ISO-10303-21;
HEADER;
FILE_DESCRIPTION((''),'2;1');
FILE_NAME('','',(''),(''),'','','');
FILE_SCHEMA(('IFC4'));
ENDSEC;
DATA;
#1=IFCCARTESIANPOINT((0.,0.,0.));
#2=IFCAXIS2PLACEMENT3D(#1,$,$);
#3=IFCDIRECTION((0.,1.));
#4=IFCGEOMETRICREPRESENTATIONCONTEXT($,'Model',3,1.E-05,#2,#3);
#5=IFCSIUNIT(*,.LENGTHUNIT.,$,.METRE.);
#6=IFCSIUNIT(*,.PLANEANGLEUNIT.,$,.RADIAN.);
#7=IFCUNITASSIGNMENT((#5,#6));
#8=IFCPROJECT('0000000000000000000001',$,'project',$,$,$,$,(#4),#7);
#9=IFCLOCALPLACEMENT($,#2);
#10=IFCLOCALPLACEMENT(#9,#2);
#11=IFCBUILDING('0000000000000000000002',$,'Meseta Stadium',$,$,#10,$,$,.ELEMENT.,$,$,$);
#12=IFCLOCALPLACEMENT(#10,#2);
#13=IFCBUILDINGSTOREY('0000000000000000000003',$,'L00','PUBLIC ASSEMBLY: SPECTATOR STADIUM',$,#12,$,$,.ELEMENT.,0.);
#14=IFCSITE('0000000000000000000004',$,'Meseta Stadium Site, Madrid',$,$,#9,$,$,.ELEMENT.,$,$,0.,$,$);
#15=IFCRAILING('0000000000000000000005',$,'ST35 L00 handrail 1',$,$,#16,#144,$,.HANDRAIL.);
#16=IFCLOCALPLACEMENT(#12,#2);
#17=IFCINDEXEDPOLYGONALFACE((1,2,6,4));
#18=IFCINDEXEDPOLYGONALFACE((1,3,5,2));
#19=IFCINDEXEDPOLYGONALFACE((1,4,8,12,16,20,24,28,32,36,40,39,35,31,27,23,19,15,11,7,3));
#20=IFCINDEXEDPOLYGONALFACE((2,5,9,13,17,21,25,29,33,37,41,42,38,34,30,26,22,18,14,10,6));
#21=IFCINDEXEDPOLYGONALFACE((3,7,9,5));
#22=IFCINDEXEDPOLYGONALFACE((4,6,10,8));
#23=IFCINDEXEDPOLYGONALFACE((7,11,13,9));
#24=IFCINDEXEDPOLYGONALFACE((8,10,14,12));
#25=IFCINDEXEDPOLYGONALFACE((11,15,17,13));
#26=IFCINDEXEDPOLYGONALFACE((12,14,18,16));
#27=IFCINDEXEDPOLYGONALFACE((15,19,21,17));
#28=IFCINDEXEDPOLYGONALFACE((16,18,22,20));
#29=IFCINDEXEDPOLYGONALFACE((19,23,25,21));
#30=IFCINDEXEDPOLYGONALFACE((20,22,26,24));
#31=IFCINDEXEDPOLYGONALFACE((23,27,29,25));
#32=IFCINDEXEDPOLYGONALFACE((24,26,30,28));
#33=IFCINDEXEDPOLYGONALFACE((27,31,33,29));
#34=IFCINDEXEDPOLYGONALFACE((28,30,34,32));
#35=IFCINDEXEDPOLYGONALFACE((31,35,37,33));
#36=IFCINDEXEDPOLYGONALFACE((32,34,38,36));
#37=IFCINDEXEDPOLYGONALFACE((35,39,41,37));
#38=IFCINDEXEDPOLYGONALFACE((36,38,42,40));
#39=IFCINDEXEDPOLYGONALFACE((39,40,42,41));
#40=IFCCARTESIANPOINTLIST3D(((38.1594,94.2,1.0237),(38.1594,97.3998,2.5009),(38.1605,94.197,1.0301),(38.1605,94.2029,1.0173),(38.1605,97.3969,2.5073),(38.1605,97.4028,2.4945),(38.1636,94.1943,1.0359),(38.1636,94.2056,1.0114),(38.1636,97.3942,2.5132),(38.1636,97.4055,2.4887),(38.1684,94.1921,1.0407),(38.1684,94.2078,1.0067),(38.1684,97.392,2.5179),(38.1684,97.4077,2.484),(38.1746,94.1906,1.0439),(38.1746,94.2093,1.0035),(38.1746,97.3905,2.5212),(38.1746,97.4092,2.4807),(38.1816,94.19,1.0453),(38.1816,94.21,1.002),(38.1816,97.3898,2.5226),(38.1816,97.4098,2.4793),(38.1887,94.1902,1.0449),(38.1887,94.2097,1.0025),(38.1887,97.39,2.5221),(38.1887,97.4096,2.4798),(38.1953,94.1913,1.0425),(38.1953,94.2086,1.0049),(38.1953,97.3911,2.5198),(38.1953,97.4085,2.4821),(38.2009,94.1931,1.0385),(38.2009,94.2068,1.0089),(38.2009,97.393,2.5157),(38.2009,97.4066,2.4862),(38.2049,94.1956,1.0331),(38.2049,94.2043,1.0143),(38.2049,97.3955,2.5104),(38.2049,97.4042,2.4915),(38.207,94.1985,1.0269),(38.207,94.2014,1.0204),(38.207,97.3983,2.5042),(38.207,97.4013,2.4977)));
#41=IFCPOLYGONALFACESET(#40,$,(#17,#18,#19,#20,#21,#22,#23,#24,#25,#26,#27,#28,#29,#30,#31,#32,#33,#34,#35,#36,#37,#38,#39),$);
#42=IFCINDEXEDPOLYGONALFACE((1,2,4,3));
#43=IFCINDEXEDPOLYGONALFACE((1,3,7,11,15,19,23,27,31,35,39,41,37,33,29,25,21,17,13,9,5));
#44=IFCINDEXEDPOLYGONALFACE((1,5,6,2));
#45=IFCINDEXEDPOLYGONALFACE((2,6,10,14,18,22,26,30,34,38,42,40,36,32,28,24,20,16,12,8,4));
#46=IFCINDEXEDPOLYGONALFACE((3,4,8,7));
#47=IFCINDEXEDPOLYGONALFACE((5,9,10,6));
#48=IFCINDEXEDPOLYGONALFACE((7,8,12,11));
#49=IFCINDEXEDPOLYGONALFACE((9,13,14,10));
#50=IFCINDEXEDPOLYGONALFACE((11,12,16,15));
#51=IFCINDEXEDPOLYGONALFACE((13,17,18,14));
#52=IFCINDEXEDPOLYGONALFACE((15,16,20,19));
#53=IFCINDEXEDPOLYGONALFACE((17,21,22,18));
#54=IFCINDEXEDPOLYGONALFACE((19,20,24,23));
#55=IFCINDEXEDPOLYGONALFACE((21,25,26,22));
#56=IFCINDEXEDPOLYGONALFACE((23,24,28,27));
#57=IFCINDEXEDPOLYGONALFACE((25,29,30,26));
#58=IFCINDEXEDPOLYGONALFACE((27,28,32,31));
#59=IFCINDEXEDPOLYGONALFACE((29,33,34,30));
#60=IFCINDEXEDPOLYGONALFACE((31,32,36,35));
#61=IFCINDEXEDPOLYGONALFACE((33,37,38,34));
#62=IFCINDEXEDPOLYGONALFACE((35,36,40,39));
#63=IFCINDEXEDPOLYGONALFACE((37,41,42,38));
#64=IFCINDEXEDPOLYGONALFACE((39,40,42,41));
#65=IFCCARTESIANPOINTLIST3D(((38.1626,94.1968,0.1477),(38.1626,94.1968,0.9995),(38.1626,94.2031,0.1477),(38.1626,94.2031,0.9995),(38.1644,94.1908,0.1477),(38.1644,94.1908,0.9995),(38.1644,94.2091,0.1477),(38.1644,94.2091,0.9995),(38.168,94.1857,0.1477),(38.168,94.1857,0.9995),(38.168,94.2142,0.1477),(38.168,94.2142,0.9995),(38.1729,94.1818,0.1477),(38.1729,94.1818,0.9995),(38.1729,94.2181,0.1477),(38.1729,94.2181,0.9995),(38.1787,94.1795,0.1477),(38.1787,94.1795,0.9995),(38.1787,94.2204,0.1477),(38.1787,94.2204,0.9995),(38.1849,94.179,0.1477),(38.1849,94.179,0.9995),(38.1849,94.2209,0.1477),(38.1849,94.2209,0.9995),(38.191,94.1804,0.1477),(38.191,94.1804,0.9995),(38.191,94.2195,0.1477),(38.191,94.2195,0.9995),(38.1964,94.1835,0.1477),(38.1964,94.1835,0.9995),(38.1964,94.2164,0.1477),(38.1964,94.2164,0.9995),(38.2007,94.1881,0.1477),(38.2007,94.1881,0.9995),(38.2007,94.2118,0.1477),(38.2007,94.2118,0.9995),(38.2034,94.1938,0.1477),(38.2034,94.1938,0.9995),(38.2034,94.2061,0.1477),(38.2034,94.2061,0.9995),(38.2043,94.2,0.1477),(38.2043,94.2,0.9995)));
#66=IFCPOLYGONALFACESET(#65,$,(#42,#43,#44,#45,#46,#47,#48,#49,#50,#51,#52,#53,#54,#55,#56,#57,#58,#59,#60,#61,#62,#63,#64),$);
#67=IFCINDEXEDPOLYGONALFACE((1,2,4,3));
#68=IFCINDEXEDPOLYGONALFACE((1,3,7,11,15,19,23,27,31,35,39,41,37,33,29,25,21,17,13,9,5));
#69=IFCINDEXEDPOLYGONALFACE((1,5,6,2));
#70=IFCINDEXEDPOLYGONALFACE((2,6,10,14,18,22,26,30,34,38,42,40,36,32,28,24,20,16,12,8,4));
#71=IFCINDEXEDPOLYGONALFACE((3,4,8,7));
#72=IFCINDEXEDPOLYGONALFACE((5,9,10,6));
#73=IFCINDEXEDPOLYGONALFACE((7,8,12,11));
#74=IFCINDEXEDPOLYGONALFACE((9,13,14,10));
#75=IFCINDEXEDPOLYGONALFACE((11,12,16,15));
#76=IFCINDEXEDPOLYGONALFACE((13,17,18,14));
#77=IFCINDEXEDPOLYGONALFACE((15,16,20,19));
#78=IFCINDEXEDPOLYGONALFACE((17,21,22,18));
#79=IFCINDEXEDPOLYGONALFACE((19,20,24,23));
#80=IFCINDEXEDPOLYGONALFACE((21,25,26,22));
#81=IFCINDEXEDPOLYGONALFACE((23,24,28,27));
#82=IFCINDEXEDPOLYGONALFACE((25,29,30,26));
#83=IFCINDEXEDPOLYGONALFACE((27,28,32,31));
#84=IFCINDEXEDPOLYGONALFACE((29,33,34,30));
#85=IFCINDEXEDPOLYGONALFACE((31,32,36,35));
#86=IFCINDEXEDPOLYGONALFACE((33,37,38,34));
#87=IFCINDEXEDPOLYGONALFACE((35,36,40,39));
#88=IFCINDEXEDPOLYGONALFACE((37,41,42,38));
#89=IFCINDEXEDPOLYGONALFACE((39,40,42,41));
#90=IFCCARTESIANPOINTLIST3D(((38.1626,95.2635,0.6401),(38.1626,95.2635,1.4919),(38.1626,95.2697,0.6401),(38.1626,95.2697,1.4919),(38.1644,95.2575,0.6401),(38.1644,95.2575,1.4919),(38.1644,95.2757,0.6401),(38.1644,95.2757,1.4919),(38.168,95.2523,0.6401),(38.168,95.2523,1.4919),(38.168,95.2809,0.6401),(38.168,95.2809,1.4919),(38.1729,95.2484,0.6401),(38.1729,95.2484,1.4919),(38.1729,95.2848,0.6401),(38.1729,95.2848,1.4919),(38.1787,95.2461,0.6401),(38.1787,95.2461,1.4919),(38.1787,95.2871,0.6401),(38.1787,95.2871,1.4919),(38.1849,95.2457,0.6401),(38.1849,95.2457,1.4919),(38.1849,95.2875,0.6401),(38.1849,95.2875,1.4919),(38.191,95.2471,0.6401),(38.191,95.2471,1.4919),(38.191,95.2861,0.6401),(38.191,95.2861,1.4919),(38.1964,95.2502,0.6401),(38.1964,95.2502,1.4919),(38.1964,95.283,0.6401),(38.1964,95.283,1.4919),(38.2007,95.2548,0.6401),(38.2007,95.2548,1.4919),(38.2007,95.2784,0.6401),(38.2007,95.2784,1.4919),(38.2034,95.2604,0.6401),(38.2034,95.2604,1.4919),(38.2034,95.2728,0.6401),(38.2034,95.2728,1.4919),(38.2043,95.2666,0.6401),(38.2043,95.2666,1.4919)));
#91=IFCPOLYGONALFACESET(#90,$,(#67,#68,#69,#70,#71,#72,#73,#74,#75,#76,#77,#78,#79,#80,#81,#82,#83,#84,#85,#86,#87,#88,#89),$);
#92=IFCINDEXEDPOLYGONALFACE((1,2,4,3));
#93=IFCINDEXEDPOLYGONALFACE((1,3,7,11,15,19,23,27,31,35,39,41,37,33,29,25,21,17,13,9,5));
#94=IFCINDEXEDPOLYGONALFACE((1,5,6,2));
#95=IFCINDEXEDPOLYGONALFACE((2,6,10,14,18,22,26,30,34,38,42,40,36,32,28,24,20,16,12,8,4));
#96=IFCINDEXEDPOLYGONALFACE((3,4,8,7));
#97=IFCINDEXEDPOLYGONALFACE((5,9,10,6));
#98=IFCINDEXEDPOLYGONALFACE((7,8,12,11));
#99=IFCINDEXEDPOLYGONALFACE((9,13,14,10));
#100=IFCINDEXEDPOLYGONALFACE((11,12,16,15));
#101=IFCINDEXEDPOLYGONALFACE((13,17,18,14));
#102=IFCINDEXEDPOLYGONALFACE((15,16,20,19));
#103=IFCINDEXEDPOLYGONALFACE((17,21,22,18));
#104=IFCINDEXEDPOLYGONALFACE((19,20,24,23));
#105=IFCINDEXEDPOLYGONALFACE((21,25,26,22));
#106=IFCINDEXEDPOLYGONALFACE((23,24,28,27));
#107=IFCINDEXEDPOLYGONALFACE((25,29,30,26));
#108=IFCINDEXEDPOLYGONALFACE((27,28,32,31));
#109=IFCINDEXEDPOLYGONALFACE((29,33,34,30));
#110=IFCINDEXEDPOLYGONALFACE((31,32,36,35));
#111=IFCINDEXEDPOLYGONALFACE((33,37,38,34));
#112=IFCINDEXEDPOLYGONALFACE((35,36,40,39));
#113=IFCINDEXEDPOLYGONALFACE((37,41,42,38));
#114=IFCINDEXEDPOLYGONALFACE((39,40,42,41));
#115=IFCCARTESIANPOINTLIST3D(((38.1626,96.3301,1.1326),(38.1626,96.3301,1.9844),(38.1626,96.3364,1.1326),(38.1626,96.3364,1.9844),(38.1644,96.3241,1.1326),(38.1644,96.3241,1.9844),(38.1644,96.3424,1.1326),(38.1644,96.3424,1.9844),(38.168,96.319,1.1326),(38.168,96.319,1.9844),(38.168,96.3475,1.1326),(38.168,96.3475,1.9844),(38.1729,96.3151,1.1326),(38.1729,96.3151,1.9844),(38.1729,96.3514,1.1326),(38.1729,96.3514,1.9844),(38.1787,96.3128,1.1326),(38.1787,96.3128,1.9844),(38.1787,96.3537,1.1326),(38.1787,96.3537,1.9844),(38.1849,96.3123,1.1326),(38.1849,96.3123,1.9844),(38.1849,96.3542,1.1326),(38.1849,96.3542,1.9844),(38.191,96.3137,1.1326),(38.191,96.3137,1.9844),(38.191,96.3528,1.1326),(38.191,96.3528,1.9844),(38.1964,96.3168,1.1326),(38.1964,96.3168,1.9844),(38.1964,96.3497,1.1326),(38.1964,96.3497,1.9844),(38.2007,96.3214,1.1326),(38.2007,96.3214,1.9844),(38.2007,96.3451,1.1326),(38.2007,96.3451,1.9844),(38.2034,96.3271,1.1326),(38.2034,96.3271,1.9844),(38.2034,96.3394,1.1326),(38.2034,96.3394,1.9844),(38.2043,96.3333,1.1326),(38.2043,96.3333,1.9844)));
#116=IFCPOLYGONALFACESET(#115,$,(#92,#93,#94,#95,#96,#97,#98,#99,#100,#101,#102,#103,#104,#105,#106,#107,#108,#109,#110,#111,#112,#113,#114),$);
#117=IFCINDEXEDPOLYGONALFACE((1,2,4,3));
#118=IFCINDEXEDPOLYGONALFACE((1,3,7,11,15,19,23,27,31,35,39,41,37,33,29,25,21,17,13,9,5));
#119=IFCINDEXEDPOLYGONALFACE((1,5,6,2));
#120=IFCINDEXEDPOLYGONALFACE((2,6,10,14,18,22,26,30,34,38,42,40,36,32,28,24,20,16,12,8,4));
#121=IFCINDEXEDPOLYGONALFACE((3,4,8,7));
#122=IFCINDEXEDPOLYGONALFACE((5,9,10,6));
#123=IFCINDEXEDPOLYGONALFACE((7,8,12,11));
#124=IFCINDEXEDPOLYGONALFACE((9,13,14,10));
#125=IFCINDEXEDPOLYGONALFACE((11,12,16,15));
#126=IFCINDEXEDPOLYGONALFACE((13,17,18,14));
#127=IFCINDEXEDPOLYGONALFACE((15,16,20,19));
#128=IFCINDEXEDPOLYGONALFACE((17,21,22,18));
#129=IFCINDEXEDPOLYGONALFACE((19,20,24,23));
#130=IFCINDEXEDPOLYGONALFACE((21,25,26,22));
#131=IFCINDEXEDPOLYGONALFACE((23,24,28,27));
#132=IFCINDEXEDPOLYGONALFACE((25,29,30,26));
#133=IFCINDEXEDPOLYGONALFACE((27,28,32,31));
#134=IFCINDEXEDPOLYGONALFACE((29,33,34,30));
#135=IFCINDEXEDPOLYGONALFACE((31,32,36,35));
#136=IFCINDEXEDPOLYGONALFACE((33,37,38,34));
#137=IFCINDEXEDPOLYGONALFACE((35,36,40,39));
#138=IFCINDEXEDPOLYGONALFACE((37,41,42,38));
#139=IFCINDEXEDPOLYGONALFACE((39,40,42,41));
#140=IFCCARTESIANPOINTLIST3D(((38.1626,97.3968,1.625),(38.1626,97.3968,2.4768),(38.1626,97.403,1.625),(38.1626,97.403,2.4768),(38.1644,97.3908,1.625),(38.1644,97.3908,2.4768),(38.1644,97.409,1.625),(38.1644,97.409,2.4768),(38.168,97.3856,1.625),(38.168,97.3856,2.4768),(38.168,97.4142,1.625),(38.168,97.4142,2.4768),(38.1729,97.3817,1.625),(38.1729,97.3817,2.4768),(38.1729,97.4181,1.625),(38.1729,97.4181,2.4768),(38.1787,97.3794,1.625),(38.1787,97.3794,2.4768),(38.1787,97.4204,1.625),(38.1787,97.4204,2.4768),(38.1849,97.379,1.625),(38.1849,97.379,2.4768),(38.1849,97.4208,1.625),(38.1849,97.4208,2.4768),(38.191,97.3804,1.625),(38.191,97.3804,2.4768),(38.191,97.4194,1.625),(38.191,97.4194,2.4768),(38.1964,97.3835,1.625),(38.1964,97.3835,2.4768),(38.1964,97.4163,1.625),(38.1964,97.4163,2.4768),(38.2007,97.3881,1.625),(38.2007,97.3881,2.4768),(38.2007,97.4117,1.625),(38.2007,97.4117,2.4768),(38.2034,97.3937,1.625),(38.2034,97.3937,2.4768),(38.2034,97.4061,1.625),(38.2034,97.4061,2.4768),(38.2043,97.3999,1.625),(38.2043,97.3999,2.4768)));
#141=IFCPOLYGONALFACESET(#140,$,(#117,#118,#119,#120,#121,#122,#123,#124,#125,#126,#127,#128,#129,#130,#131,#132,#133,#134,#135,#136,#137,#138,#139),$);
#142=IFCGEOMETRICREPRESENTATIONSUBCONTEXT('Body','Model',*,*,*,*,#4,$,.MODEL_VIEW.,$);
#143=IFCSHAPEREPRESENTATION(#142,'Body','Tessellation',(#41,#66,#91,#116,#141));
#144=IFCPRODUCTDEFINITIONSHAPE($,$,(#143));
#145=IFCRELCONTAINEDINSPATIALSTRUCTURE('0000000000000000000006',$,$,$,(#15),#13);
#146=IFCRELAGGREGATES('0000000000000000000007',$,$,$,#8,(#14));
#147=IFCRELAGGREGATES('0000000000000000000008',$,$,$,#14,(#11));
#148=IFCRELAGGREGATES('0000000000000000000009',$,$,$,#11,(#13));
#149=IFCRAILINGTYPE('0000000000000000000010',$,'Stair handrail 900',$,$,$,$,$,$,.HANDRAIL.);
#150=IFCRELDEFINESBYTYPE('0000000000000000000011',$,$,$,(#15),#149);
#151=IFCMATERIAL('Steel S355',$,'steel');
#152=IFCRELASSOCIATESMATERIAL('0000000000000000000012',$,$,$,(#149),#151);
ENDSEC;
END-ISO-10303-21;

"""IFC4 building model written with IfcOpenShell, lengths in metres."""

from ifc_helpers import new_model, si_unit, direction, frame, origin, origin_2d, place, context, subcontext, project, spatial, circle, extrude, material, type_object, element, save


model = new_model("IFC4")

# Units and contexts
model_context = context("Model", 3, precision=1e-05, world=origin(), true_north=direction((0.0, 1.0)))
body_context = subcontext(model_context, "Body", "Model", "MODEL_VIEW")
ifc_project = project(units=[si_unit("LENGTHUNIT", "METRE"), si_unit("PLANEANGLEUNIT", "RADIAN")], contexts=[model_context])

# Site, building, storey
site_placement = place(None, origin())
site = spatial("IfcSite", under=ifc_project, at=site_placement, Name="Meseta Stadium Site, Madrid", CompositionType="ELEMENT", RefElevation=0.0)
building_placement = place(site_placement, origin())
building = spatial("IfcBuilding", under=site, at=building_placement, Name="Meseta Stadium", CompositionType="ELEMENT")
storey_placement = place(building_placement, origin())
storey = spatial("IfcBuildingStorey", under=building, at=storey_placement, Name="L00", Description="PUBLIC ASSEMBLY: SPECTATOR STADIUM", CompositionType="ELEMENT", Elevation=0.0)

# Railing
ifc_material_1 = material(Name="Steel S355", Category="steel")
railing_type_1 = type_object("IfcRailingType", Name="Stair handrail 900", PredefinedType="HANDRAIL", material=ifc_material_1)
for number, where, name in (
    (1, (38.1833, 94.2, 0.1477), "ST35 L00 handrail 1"),
):
    element("IfcRailing", number, at=place(storey_placement, frame(where)), inside=storey, type_object=railing_type_1, Name=name, PredefinedType="HANDRAIL", context=body_context, shape_type="SweptSolid", body=[
        extrude(circle(Radius=0.0239, at=origin_2d()), frame((0.0, 0.0, 0.876), z_axis=(0.0, 0.907917, 0.41915), x_axis=(-1.0, 0.0, 0.0)), (0.0, 0.0, 1.0), 3.5244),
        extrude(circle(Radius=0.021, at=origin_2d()), origin(), (0.0, 0.0, 1.0), 0.8518),
        extrude(circle(Radius=0.021, at=origin_2d()), frame((0.0, 1.0667, 0.4924)), (0.0, 0.0, 1.0), 0.8518),
        extrude(circle(Radius=0.021, at=origin_2d()), frame((0.0, 2.1333, 0.9849)), (0.0, 0.0, 1.0), 0.8518),
        extrude(circle(Radius=0.021, at=origin_2d()), frame((0.0, 3.2, 1.4773)), (0.0, 0.0, 1.0), 0.8518),
    ])

save(model, "model.ifc")
